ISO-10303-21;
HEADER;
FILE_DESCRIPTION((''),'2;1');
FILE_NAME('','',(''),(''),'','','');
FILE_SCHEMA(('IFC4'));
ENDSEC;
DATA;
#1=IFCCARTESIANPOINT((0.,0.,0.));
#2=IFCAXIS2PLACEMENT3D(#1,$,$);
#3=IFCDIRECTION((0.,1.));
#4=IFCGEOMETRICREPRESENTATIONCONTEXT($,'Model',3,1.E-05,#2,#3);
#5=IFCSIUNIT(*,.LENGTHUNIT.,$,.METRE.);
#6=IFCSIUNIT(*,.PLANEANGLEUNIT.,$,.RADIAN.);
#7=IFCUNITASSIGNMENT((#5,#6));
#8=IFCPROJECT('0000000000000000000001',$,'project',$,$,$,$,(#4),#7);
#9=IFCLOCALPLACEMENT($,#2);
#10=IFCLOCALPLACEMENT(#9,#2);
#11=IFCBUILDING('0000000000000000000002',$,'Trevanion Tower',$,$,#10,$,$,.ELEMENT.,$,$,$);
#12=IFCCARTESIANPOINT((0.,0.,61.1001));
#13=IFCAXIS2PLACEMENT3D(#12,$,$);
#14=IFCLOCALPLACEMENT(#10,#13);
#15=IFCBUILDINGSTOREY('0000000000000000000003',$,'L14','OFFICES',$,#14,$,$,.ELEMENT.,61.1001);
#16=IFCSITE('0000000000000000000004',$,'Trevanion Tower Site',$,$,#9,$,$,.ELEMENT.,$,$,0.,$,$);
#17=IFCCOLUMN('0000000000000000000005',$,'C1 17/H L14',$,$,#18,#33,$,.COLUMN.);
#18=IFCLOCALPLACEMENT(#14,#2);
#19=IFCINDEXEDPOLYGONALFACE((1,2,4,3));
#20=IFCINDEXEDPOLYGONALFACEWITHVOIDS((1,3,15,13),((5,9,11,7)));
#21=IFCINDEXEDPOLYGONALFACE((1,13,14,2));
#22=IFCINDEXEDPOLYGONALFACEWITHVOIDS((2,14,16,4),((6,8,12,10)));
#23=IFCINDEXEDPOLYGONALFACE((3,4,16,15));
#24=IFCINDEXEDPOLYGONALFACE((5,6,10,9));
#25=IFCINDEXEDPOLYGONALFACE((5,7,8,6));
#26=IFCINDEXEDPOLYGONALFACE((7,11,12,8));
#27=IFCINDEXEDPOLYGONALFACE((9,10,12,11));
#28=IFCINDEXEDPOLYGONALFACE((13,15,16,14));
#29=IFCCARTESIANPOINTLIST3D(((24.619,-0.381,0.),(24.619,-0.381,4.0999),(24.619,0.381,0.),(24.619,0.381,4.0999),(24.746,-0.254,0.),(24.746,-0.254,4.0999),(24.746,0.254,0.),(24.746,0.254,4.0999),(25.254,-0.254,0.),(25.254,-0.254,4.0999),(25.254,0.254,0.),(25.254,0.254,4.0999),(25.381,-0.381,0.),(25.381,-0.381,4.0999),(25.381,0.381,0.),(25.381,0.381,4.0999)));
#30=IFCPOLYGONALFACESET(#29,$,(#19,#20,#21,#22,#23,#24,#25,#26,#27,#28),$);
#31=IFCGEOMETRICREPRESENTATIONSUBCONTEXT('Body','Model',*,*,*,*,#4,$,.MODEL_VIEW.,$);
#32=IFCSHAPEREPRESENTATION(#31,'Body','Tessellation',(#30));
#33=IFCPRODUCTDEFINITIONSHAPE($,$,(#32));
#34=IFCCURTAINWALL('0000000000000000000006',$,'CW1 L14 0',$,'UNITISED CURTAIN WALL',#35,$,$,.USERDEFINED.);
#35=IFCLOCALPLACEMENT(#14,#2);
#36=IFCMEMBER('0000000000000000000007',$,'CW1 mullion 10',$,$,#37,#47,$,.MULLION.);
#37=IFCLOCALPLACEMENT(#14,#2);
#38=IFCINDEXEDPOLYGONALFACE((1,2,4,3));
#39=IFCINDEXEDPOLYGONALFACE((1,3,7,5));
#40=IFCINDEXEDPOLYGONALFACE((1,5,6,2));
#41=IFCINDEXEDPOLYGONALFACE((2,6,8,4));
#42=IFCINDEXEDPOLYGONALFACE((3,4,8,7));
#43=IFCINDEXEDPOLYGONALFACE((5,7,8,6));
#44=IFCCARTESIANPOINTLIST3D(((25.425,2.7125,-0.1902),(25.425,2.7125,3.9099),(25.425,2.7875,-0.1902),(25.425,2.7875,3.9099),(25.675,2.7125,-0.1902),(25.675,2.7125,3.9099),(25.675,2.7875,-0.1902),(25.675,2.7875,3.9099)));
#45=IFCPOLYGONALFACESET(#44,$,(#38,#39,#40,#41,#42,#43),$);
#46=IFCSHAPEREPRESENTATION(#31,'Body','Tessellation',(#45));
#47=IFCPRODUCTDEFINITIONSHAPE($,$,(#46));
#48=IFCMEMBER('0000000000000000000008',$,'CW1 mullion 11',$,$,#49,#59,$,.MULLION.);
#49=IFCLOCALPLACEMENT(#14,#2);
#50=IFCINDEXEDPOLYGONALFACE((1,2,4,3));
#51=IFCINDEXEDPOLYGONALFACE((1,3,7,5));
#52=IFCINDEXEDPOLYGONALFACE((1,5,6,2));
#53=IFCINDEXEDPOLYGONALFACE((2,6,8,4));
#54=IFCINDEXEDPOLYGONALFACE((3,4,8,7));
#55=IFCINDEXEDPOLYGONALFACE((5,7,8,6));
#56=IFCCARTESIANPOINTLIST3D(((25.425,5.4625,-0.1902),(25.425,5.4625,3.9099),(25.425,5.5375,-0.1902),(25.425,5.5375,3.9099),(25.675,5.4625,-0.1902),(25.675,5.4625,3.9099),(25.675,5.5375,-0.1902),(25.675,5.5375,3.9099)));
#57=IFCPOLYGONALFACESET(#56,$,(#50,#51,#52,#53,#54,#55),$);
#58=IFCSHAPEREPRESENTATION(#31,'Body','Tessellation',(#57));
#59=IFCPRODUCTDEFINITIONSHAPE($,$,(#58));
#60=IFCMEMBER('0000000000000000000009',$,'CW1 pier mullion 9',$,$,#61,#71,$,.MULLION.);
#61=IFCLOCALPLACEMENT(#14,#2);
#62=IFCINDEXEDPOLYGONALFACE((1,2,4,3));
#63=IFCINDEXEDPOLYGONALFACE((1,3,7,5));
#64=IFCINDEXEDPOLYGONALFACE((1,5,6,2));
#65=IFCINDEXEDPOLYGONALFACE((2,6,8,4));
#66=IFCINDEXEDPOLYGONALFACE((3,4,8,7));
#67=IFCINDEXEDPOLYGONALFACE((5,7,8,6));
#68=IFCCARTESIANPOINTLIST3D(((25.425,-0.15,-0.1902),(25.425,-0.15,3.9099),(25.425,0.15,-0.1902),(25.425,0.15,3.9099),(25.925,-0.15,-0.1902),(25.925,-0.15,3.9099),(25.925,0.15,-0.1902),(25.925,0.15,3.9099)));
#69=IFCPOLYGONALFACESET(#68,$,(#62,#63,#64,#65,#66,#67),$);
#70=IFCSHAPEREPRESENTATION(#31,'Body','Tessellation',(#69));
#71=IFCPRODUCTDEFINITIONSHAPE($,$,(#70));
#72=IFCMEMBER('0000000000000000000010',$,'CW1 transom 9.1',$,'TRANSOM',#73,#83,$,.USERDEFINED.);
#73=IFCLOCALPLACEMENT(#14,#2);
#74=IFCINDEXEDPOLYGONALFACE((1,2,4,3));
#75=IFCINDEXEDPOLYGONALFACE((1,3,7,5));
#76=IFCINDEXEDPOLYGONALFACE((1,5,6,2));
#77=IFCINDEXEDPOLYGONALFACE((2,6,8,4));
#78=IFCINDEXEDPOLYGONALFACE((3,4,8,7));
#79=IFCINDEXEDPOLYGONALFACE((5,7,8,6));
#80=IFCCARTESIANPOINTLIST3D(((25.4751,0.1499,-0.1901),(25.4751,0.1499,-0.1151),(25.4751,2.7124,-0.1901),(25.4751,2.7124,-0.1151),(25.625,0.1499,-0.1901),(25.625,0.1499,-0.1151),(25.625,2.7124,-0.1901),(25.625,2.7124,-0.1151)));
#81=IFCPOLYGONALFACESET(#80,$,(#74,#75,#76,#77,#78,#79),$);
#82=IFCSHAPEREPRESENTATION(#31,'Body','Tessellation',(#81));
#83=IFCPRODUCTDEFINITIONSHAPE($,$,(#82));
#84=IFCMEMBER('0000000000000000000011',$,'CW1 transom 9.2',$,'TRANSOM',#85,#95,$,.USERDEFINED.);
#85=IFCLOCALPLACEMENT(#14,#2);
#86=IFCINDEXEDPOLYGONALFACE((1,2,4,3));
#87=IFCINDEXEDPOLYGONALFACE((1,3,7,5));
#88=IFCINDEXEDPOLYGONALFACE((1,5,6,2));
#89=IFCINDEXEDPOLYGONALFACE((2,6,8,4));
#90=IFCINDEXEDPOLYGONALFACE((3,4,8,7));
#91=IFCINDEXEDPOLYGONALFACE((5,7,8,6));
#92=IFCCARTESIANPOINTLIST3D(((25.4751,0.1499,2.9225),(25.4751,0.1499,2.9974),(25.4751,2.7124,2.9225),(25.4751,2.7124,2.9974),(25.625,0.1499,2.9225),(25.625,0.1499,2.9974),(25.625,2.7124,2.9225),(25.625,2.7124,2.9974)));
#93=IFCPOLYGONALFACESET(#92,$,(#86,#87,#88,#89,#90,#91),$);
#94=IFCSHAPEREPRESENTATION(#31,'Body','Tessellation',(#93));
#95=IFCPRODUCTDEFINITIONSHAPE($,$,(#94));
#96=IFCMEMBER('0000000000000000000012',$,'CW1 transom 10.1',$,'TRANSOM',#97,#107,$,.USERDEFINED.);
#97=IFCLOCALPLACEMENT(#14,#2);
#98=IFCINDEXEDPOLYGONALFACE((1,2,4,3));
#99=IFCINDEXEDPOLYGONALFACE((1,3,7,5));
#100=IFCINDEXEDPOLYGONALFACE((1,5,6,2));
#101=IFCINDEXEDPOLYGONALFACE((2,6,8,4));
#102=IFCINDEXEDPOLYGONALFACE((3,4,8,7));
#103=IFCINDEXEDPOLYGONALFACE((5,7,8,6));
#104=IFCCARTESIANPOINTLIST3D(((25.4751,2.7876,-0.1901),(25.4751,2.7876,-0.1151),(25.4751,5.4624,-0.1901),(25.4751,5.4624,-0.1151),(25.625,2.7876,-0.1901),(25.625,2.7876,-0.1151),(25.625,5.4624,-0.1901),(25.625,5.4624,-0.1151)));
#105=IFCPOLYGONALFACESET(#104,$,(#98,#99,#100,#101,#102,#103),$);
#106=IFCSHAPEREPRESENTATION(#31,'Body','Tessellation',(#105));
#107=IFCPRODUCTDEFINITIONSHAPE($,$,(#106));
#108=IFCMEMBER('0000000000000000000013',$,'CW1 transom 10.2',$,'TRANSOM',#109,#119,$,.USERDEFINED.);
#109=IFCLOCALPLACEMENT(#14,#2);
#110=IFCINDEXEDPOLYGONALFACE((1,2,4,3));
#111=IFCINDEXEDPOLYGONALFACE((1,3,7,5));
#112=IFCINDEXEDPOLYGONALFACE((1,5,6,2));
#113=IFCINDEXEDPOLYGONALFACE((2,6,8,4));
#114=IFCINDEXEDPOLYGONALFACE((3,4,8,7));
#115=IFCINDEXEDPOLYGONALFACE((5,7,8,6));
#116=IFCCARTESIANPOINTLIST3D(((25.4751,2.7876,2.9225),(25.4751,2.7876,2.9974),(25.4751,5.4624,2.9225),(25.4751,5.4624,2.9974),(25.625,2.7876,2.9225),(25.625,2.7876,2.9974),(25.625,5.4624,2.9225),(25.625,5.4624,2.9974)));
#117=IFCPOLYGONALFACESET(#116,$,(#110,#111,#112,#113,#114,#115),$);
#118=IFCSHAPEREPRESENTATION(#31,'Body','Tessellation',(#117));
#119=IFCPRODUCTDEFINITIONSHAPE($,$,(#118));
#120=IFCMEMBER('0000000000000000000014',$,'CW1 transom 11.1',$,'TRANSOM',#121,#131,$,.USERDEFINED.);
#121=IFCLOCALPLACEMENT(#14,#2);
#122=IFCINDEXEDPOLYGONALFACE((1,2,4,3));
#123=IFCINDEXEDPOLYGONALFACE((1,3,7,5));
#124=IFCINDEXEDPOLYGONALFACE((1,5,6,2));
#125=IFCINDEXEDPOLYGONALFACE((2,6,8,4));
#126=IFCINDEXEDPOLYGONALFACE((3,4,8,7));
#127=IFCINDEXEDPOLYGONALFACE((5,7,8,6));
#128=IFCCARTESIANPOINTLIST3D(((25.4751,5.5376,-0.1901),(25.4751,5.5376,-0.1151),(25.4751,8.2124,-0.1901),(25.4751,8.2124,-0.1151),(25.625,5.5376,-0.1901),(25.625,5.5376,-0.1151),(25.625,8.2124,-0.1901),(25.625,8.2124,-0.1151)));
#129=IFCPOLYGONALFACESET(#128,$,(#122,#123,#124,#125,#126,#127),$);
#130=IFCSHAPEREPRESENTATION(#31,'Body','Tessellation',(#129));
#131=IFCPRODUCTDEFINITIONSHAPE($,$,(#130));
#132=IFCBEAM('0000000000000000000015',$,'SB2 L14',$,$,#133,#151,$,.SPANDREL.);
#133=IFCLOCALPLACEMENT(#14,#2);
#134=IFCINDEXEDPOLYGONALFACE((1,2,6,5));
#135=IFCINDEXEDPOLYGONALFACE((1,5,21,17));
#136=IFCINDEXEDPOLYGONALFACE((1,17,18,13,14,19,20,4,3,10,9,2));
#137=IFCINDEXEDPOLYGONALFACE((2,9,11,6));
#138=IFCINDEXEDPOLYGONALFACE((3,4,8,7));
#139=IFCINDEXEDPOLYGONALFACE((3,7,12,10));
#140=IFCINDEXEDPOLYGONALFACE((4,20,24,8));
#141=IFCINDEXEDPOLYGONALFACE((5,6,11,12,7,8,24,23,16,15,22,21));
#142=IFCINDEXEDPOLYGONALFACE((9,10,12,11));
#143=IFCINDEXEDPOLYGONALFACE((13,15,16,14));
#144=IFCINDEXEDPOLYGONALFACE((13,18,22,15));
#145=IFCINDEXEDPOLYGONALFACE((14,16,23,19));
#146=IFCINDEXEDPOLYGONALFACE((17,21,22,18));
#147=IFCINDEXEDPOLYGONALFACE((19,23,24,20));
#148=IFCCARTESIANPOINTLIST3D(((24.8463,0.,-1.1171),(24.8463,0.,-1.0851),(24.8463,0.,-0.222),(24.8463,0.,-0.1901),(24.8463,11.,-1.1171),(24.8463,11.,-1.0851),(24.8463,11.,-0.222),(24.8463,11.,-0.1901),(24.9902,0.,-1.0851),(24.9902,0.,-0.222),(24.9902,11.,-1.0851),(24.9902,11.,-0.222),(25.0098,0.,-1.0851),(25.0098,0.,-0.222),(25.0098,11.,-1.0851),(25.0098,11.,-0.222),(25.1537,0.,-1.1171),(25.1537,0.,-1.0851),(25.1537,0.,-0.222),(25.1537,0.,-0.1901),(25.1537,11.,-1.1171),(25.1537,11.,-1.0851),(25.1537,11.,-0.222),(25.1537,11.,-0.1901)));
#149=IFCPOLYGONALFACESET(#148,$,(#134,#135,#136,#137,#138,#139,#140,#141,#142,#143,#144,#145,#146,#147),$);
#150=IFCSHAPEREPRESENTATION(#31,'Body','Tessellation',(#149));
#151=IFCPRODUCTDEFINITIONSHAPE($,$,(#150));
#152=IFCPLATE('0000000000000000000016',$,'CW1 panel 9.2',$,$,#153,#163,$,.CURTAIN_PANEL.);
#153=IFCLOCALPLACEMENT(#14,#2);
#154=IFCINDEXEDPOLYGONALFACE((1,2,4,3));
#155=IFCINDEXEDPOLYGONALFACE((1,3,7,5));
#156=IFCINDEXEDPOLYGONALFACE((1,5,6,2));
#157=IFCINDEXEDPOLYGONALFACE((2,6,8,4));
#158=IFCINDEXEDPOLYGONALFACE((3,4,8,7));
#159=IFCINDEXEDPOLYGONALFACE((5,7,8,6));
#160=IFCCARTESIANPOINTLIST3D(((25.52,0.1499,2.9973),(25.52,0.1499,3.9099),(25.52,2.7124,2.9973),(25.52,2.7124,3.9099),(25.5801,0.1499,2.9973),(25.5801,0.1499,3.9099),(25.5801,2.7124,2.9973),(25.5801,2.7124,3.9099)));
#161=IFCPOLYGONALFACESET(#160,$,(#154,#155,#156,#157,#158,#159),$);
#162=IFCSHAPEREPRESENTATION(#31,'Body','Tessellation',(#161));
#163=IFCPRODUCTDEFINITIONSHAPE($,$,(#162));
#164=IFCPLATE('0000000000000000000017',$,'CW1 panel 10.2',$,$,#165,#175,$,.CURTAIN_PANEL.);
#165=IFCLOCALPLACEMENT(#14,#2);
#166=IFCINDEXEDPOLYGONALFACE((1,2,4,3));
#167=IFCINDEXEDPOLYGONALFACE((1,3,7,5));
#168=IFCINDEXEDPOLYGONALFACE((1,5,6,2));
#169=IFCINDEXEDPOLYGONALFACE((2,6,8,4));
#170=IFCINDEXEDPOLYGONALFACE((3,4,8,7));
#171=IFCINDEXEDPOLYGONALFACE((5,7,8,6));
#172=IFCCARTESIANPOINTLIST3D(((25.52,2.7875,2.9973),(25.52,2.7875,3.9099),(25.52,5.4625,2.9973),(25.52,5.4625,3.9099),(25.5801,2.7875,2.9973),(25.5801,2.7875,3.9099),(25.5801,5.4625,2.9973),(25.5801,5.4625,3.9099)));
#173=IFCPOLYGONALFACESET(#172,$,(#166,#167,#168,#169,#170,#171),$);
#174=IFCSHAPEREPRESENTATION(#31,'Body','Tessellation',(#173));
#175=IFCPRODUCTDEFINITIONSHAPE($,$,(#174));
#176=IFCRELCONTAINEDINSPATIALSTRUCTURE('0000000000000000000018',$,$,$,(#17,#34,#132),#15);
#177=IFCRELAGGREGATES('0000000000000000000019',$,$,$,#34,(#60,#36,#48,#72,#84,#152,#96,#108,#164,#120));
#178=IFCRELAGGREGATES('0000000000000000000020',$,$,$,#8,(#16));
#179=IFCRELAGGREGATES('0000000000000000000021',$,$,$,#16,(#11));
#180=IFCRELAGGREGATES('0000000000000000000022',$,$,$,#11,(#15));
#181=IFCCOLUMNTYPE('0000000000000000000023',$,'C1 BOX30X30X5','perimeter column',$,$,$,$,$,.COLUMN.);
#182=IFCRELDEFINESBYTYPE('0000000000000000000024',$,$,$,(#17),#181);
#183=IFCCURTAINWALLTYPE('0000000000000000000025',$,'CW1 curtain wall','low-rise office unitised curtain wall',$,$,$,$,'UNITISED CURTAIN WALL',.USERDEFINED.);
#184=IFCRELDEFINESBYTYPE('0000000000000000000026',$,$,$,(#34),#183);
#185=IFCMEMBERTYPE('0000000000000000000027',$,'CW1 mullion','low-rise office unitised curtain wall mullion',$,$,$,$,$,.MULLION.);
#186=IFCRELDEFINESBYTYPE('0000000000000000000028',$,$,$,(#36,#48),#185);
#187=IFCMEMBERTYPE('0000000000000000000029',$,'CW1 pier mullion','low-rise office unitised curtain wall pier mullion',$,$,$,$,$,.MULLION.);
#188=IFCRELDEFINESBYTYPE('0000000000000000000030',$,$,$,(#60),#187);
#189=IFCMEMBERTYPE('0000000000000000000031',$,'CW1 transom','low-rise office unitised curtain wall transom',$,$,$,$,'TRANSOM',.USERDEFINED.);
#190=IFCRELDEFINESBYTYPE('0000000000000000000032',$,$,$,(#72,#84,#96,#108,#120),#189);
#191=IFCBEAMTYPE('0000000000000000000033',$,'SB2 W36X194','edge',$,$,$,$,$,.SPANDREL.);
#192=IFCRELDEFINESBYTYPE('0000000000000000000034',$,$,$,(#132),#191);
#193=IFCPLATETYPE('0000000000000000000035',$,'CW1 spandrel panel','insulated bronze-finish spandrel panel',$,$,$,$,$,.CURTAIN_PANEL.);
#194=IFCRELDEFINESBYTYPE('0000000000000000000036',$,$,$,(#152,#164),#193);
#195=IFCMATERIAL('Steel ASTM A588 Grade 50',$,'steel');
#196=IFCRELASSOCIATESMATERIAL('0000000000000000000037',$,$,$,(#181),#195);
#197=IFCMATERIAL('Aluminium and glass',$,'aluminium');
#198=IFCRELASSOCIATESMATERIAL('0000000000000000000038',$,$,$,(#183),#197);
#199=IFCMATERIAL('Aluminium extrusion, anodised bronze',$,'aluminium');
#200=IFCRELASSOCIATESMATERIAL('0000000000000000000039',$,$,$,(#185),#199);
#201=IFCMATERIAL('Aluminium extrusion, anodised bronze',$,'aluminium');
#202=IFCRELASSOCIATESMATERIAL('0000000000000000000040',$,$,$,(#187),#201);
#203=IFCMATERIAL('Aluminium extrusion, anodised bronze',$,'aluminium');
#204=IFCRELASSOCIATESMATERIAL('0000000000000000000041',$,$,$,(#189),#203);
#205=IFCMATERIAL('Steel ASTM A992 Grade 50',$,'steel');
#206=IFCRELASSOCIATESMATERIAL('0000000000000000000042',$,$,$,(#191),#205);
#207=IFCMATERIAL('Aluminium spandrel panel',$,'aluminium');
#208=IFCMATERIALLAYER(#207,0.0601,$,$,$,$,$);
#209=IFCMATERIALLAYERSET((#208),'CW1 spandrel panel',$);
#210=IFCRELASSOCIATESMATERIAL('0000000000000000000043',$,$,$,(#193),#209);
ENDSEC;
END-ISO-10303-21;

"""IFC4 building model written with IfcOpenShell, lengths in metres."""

from ifc_helpers import new_model, si_unit, direction, frame, origin, origin_2d, place, context, subcontext, project, spatial, rectangle, hollow_rectangle, i_section, extrude, material, layer, layer_set, material_profile, profile_set, type_object, element, aggregate, save


model = new_model("IFC4")

# Units and contexts
model_context = context("Model", 3, precision=1e-05, world=origin(), true_north=direction((0.0, 1.0)))
body_context = subcontext(model_context, "Body", "Model", "MODEL_VIEW")
ifc_project = project(units=[si_unit("LENGTHUNIT", "METRE"), si_unit("PLANEANGLEUNIT", "RADIAN")], contexts=[model_context])

# Site, building, storey
site_placement = place(None, origin())
site = spatial("IfcSite", under=ifc_project, at=site_placement, Name="Trevanion Tower Site", CompositionType="ELEMENT", RefElevation=0.0)
building_placement = place(site_placement, origin())
building = spatial("IfcBuilding", under=site, at=building_placement, Name="Trevanion Tower", CompositionType="ELEMENT")
storey_placement = place(building_placement, frame((0.0, 0.0, 61.1001)))
storey = spatial("IfcBuildingStorey", under=building, at=storey_placement, Name="L14", Description="OFFICES", CompositionType="ELEMENT", Elevation=61.1001)

# Column
ifc_material_1 = material(Name="Steel ASTM A588 Grade 50", Category="steel")
ifc_material_profile_1 = material_profile(ifc_material_1, hollow_rectangle(XDim=0.762, YDim=0.762, WallThickness=0.127, at=origin_2d()), Name="BOX30X30X5")
ifc_profile_set_1 = profile_set([ifc_material_profile_1], Name="Steel ASTM A588 Grade 50")
column_type = type_object("IfcColumnType", Name="C1 BOX30X30X5", Description="perimeter column", PredefinedType="COLUMN", material=ifc_profile_set_1)
column_placement = place(storey_placement, frame((25.0, 0.0, 0.0), z_axis=(0.0, 0.0, 1.0), x_axis=(0.0, 1.0, 0.0)))
element("IfcColumn", 1, at=column_placement, inside=storey, type_object=column_type, Name="C1 17/H L14", PredefinedType="COLUMN", context=body_context, shape_type="SweptSolid", body=[
    extrude(hollow_rectangle(XDim=0.762, YDim=0.762, WallThickness=0.127, at=origin_2d()), origin(), (0.0, 0.0, 1.0), 4.0999),
])

# Curtain wall, members
ifc_material_2 = material(Name="Aluminium and glass", Category="aluminium")
curtain_wall_type = type_object("IfcCurtainWallType", Name="CW1 curtain wall", Description="low-rise office unitised curtain wall", ElementType="UNITISED CURTAIN WALL", PredefinedType="USERDEFINED", material=ifc_material_2)
curtain_wall_placement = place(storey_placement, origin())
curtain_wall = element("IfcCurtainWall", 2, at=curtain_wall_placement, inside=storey, type_object=curtain_wall_type, Name="CW1 L14 0", ObjectType="UNITISED CURTAIN WALL", PredefinedType="USERDEFINED")
ifc_material_3 = material(Name="Aluminium extrusion, anodised bronze", Category="aluminium")
ifc_material_profile_2 = material_profile(ifc_material_3, rectangle(XDim=0.075, YDim=0.25, at=origin_2d()), Name="CW1 mullion")
ifc_profile_set_2 = profile_set([ifc_material_profile_2], Name="Aluminium extrusion, anodised bronze")
member_type_1 = type_object("IfcMemberType", Name="CW1 mullion", Description="low-rise office unitised curtain wall mullion", PredefinedType="MULLION", material=ifc_profile_set_2)
member_1_placement = place(storey_placement, frame((25.55, 2.75, -0.1902), z_axis=(0.0, 0.0, 1.0), x_axis=(0.0, 1.0, 0.0)))
member_1 = element("IfcMember", 3, at=member_1_placement, type_object=member_type_1, Name="CW1 mullion 10", PredefinedType="MULLION", context=body_context, shape_type="SweptSolid", body=[
    extrude(rectangle(XDim=0.075, YDim=0.25, at=origin_2d()), origin(), (0.0, 0.0, 1.0), 4.1001),
])
member_2_placement = place(storey_placement, frame((25.55, 5.5, -0.1902), z_axis=(0.0, 0.0, 1.0), x_axis=(0.0, 1.0, 0.0)))
member_2 = element("IfcMember", 4, at=member_2_placement, type_object=member_type_1, Name="CW1 mullion 11", PredefinedType="MULLION", context=body_context, shape_type="SweptSolid", body=[
    extrude(rectangle(XDim=0.075, YDim=0.25, at=origin_2d()), origin(), (0.0, 0.0, 1.0), 4.1001),
])
ifc_material_4 = material(Name="Aluminium extrusion, anodised bronze", Category="aluminium")
ifc_material_profile_3 = material_profile(ifc_material_4, rectangle(XDim=0.3, YDim=0.5, at=origin_2d()), Name="CW1 pier mullion")
ifc_profile_set_3 = profile_set([ifc_material_profile_3], Name="Aluminium extrusion, anodised bronze")
member_type_2 = type_object("IfcMemberType", Name="CW1 pier mullion", Description="low-rise office unitised curtain wall pier mullion", PredefinedType="MULLION", material=ifc_profile_set_3)
member_3_placement = place(storey_placement, frame((25.675, 0.0, -0.1902), z_axis=(0.0, 0.0, 1.0), x_axis=(0.0, 1.0, 0.0)))
member_3 = element("IfcMember", 5, at=member_3_placement, type_object=member_type_2, Name="CW1 pier mullion 9", PredefinedType="MULLION", context=body_context, shape_type="SweptSolid", body=[
    extrude(rectangle(XDim=0.3, YDim=0.5, at=origin_2d()), origin(), (0.0, 0.0, 1.0), 4.1001),
])
ifc_material_5 = material(Name="Aluminium extrusion, anodised bronze", Category="aluminium")
ifc_material_profile_4 = material_profile(ifc_material_5, rectangle(XDim=0.1499, YDim=0.075, at=origin_2d()), Name="CW1 transom")
ifc_profile_set_4 = profile_set([ifc_material_profile_4], Name="Aluminium extrusion, anodised bronze")
member_type_3 = type_object("IfcMemberType", Name="CW1 transom", Description="low-rise office unitised curtain wall transom", ElementType="TRANSOM", PredefinedType="USERDEFINED", material=ifc_profile_set_4)
member_4_placement = place(storey_placement, frame((25.55, 0.1499, -0.1526), z_axis=(0.0, 1.0, 0.0), x_axis=(-1.0, 0.0, 0.0)))
member_4 = element("IfcMember", 6, at=member_4_placement, type_object=member_type_3, Name="CW1 transom 9.1", ObjectType="TRANSOM", PredefinedType="USERDEFINED", context=body_context, shape_type="SweptSolid", body=[
    extrude(rectangle(XDim=0.1499, YDim=0.075, at=origin_2d()), origin(), (0.0, 0.0, 1.0), 2.5625),
])
member_5_placement = place(storey_placement, frame((25.55, 0.1499, 2.96), z_axis=(0.0, 1.0, 0.0), x_axis=(-1.0, 0.0, 0.0)))
member_5 = element("IfcMember", 7, at=member_5_placement, type_object=member_type_3, Name="CW1 transom 9.2", ObjectType="TRANSOM", PredefinedType="USERDEFINED", context=body_context, shape_type="SweptSolid", body=[
    extrude(rectangle(XDim=0.1499, YDim=0.075, at=origin_2d()), origin(), (0.0, 0.0, 1.0), 2.5625),
])
member_6_placement = place(storey_placement, frame((25.55, 2.7876, -0.1526), z_axis=(0.0, 1.0, 0.0), x_axis=(-1.0, 0.0, 0.0)))
member_6 = element("IfcMember", 8, at=member_6_placement, type_object=member_type_3, Name="CW1 transom 10.1", ObjectType="TRANSOM", PredefinedType="USERDEFINED", context=body_context, shape_type="SweptSolid", body=[
    extrude(rectangle(XDim=0.1499, YDim=0.075, at=origin_2d()), origin(), (0.0, 0.0, 1.0), 2.6748),
])
member_7_placement = place(storey_placement, frame((25.55, 2.7876, 2.96), z_axis=(0.0, 1.0, 0.0), x_axis=(-1.0, 0.0, 0.0)))
member_7 = element("IfcMember", 9, at=member_7_placement, type_object=member_type_3, Name="CW1 transom 10.2", ObjectType="TRANSOM", PredefinedType="USERDEFINED", context=body_context, shape_type="SweptSolid", body=[
    extrude(rectangle(XDim=0.1499, YDim=0.075, at=origin_2d()), origin(), (0.0, 0.0, 1.0), 2.6748),
])
member_8_placement = place(storey_placement, frame((25.55, 5.5376, -0.1526), z_axis=(0.0, 1.0, 0.0), x_axis=(-1.0, 0.0, 0.0)))
member_8 = element("IfcMember", 10, at=member_8_placement, type_object=member_type_3, Name="CW1 transom 11.1", ObjectType="TRANSOM", PredefinedType="USERDEFINED", context=body_context, shape_type="SweptSolid", body=[
    extrude(rectangle(XDim=0.1499, YDim=0.075, at=origin_2d()), origin(), (0.0, 0.0, 1.0), 2.6748),
])

# Beam
ifc_material_6 = material(Name="Steel ASTM A992 Grade 50", Category="steel")
ifc_material_profile_5 = material_profile(ifc_material_6, i_section(OverallWidth=0.3074, OverallDepth=0.927, WebThickness=0.0195, FlangeThickness=0.032, at=origin_2d()), Name="W36X194")
ifc_profile_set_5 = profile_set([ifc_material_profile_5], Name="Steel ASTM A992 Grade 50")
beam_type = type_object("IfcBeamType", Name="SB2 W36X194", Description="edge", PredefinedType="SPANDREL", material=ifc_profile_set_5)
beam_placement = place(storey_placement, frame((25.0, 0.0, -0.6536), z_axis=(0.0, 1.0, 0.0), x_axis=(-1.0, 0.0, 0.0)))
element("IfcBeam", 11, at=beam_placement, inside=storey, type_object=beam_type, Name="SB2 L14", PredefinedType="SPANDREL", context=body_context, shape_type="SweptSolid", body=[
    extrude(i_section(OverallWidth=0.3074, OverallDepth=0.927, WebThickness=0.0195, FlangeThickness=0.032, at=origin_2d()), origin(), (0.0, 0.0, 1.0), 11.0),
])

# Plates
ifc_material_7 = material(Name="Aluminium spandrel panel", Category="aluminium")
ifc_layer_1 = layer(ifc_material_7, 0.0601)
ifc_layer_set_1 = layer_set([ifc_layer_1], Name="CW1 spandrel panel")
plate_type_1 = type_object("IfcPlateType", Name="CW1 spandrel panel", Description="insulated bronze-finish spandrel panel", PredefinedType="CURTAIN_PANEL", material=ifc_layer_set_1)
plate_1_placement = place(storey_placement, frame((25.55, 1.4312, 2.9973), z_axis=(0.0, 0.0, 1.0), x_axis=(0.0, 1.0, 0.0)))
plate_1 = element("IfcPlate", 12, at=plate_1_placement, type_object=plate_type_1, Name="CW1 panel 9.2", PredefinedType="CURTAIN_PANEL", context=body_context, shape_type="SweptSolid", body=[
    extrude(rectangle(XDim=2.5625, YDim=0.0601, at=origin_2d()), origin(), (0.0, 0.0, 1.0), 0.9126),
])
plate_2_placement = place(storey_placement, frame((25.55, 4.125, 2.9973), z_axis=(0.0, 0.0, 1.0), x_axis=(0.0, 1.0, 0.0)))
plate_2 = element("IfcPlate", 13, at=plate_2_placement, type_object=plate_type_1, Name="CW1 panel 10.2", PredefinedType="CURTAIN_PANEL", context=body_context, shape_type="SweptSolid", body=[
    extrude(rectangle(XDim=2.675, YDim=0.0601, at=origin_2d()), origin(), (0.0, 0.0, 1.0), 0.9126),
])
aggregate(curtain_wall, [member_3, member_1, member_2, member_4, member_5, plate_1, member_6, member_7, plate_2, member_8])

save(model, "model.ifc")
